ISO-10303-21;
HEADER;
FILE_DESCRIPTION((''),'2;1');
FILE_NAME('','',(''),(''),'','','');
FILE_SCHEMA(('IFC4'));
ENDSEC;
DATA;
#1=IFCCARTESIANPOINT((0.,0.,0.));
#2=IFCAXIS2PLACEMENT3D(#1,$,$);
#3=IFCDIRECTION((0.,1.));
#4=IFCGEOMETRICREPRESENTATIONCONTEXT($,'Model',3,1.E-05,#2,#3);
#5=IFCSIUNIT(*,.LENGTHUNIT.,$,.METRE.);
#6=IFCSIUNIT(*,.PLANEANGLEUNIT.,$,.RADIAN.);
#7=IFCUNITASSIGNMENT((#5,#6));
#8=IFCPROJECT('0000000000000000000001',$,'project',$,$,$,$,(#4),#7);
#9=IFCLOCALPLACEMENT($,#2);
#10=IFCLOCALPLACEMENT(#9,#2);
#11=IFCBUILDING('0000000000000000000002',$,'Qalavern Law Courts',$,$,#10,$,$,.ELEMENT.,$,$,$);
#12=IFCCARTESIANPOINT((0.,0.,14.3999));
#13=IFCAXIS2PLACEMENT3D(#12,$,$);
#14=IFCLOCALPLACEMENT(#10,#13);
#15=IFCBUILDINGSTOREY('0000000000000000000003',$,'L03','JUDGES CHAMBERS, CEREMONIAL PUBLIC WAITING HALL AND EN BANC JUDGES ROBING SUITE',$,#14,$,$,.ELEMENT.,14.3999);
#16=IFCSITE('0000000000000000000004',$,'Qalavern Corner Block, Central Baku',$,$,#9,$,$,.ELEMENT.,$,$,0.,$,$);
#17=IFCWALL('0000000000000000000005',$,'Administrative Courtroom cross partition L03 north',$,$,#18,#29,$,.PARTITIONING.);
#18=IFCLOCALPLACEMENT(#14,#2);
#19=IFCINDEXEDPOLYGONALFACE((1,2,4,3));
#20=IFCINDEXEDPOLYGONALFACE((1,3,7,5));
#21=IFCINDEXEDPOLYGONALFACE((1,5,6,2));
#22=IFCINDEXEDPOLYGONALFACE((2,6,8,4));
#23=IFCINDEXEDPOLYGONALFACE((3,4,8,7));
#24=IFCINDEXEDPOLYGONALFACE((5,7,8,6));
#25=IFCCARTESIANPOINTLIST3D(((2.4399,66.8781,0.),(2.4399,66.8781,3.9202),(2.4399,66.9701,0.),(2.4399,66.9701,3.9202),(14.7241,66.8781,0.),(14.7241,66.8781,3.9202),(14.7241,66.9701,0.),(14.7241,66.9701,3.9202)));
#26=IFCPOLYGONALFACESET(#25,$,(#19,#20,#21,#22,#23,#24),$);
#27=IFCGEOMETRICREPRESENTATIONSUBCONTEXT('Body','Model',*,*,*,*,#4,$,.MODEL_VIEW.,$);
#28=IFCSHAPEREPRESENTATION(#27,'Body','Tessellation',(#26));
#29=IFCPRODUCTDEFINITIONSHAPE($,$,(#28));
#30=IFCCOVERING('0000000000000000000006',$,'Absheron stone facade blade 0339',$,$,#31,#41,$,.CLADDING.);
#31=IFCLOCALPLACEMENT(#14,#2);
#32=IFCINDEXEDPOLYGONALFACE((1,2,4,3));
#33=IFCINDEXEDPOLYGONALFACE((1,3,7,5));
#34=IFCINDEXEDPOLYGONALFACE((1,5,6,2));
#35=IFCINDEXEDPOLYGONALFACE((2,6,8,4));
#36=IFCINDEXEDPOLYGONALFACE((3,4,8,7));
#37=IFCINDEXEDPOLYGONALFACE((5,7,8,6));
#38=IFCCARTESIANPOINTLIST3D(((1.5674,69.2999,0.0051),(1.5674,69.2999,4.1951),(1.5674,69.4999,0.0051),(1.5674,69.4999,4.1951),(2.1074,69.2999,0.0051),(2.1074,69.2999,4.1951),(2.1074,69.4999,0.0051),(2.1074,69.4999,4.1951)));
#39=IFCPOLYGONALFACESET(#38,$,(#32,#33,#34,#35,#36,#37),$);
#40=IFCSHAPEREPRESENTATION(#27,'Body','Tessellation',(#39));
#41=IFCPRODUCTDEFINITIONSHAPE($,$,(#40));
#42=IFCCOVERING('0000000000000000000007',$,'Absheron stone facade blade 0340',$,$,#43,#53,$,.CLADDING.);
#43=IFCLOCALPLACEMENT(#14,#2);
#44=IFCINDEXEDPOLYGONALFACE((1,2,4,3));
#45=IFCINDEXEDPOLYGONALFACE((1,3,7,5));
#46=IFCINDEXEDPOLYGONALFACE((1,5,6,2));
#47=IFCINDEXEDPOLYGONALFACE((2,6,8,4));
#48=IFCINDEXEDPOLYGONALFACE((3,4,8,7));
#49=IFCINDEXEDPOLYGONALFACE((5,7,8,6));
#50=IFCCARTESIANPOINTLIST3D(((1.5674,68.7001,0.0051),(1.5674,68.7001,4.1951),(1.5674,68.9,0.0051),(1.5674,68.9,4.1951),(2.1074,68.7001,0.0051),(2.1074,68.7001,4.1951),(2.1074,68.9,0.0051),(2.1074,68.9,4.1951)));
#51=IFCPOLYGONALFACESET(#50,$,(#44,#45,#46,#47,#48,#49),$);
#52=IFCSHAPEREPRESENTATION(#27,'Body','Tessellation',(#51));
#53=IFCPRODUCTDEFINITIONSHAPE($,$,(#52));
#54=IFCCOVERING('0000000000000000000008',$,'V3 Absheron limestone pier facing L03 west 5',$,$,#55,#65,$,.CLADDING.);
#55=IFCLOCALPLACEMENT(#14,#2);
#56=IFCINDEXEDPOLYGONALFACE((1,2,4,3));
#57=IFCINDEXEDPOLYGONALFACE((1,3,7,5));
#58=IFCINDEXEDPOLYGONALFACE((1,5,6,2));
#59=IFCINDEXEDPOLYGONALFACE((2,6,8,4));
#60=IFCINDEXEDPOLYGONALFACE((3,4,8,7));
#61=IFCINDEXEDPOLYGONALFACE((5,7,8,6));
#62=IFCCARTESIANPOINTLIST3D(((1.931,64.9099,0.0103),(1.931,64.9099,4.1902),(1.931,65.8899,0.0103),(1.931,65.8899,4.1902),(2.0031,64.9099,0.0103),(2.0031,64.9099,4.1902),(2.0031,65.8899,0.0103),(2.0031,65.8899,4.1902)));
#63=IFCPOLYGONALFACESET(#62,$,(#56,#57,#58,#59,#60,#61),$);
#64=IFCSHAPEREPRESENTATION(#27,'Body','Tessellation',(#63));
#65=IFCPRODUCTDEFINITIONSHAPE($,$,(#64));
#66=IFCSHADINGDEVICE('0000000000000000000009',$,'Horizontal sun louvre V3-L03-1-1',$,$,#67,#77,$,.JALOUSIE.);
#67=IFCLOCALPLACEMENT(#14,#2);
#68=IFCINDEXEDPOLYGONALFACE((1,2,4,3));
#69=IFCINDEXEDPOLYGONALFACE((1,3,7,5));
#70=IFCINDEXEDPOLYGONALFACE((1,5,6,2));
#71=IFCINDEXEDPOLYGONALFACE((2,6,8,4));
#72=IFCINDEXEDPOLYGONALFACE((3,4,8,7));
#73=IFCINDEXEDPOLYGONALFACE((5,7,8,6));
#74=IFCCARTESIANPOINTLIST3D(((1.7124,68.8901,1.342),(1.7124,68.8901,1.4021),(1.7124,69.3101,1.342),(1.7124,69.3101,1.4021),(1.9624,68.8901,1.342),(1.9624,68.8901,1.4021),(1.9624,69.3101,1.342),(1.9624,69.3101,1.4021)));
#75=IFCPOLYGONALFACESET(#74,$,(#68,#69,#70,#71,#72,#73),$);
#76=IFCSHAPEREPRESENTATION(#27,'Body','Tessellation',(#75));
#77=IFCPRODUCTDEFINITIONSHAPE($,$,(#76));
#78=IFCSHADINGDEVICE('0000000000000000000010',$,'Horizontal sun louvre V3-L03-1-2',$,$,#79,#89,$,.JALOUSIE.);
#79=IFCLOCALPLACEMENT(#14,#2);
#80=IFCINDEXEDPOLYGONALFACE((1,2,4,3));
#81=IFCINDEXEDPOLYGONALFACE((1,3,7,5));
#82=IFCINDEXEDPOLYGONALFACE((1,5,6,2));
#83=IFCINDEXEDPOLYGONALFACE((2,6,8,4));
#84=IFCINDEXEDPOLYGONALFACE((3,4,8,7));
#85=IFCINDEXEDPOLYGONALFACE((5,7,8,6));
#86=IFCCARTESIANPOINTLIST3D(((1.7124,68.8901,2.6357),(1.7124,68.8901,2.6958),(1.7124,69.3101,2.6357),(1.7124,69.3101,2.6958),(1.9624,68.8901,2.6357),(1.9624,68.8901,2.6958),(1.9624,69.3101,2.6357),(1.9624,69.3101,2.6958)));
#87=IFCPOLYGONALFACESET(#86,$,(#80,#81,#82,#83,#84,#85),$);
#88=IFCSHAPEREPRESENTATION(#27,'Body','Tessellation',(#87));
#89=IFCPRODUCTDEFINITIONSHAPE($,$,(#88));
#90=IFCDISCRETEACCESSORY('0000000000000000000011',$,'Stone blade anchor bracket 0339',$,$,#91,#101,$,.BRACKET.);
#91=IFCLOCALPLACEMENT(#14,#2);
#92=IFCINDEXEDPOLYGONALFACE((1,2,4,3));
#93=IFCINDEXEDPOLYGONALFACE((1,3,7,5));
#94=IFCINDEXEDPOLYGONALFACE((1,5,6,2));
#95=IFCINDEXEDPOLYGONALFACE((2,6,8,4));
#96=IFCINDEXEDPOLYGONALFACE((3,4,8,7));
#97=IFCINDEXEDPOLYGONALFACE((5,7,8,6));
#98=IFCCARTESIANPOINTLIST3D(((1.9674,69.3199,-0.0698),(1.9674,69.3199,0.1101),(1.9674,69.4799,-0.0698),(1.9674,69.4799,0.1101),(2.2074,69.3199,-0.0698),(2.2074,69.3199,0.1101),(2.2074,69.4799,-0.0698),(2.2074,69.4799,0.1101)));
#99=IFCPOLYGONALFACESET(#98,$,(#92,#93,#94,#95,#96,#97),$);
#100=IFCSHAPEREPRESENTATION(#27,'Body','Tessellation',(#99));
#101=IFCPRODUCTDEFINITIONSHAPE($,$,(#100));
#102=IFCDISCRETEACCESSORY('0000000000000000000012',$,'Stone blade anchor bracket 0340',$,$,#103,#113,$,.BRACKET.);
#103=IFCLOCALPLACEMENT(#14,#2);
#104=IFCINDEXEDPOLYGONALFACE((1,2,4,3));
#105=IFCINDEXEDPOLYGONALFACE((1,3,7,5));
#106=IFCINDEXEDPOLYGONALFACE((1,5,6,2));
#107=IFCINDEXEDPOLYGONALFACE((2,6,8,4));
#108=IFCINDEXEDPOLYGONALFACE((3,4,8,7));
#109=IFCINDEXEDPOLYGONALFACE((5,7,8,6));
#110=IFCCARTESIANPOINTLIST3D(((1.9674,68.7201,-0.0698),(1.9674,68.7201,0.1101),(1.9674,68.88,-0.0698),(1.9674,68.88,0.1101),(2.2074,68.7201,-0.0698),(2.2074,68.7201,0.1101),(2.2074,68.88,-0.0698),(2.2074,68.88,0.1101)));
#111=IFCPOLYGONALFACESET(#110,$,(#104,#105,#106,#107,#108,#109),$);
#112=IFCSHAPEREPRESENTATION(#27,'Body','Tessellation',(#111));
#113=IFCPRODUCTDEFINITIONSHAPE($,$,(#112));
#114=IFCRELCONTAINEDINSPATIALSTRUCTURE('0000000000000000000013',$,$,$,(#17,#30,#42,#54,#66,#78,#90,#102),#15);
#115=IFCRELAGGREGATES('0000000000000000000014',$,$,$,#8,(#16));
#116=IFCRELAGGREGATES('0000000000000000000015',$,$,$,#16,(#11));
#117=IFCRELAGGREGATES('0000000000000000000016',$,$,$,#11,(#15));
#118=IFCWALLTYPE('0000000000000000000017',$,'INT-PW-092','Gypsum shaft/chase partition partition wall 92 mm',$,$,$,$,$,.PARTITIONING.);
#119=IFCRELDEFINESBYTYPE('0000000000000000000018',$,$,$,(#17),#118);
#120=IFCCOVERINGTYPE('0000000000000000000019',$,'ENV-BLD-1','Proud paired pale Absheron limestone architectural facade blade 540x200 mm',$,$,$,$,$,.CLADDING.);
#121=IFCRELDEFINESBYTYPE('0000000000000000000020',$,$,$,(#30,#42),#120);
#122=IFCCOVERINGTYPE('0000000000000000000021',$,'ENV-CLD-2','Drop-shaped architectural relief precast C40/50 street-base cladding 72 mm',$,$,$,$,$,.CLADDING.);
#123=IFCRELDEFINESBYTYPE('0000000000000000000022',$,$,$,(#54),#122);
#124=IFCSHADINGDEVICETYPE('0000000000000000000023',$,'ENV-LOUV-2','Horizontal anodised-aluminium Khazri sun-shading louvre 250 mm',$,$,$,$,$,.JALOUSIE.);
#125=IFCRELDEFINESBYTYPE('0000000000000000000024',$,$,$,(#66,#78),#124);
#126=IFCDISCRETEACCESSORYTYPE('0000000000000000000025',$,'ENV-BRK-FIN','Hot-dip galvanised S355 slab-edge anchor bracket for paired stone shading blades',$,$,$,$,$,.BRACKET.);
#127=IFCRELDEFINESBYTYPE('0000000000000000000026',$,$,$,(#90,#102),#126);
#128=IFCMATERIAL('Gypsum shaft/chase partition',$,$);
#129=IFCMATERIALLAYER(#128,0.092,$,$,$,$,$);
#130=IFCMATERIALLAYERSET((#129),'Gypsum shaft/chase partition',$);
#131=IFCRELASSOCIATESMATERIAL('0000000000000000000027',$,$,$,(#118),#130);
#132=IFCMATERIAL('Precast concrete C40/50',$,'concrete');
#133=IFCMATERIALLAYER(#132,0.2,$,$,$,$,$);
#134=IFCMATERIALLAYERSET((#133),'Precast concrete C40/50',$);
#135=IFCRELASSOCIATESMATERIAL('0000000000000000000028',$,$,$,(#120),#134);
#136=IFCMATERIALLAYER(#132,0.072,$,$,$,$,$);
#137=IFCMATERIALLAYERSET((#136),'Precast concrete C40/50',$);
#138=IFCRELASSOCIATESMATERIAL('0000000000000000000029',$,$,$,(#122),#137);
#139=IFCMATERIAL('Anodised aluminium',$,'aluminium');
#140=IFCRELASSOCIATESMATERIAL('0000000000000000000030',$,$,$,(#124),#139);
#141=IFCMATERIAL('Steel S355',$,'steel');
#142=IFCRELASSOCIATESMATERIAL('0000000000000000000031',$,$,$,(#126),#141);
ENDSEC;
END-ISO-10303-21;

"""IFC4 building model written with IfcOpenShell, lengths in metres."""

from ifc_helpers import new_model, si_unit, direction, frame, frame_2d, origin, origin_2d, place, context, subcontext, project, spatial, rectangle, extrude, material, layer, layer_set, type_object, element, save


model = new_model("IFC4")

# Units and contexts
model_context = context("Model", 3, precision=1e-05, world=origin(), true_north=direction((0.0, 1.0)))
body_context = subcontext(model_context, "Body", "Model", "MODEL_VIEW")
ifc_project = project(units=[si_unit("LENGTHUNIT", "METRE"), si_unit("PLANEANGLEUNIT", "RADIAN")], contexts=[model_context])

# Site, building, storey
site_placement = place(None, origin())
site = spatial("IfcSite", under=ifc_project, at=site_placement, Name="Qalavern Corner Block, Central Baku", CompositionType="ELEMENT", RefElevation=0.0)
building_placement = place(site_placement, origin())
building = spatial("IfcBuilding", under=site, at=building_placement, Name="Qalavern Law Courts", CompositionType="ELEMENT")
storey_placement = place(building_placement, frame((0.0, 0.0, 14.3999)))
storey = spatial("IfcBuildingStorey", under=building, at=storey_placement, Name="L03", Description="JUDGES CHAMBERS, CEREMONIAL PUBLIC WAITING HALL AND EN BANC JUDGES ROBING SUITE", CompositionType="ELEMENT", Elevation=14.3999)

# Shared definitions
ifc_material_1 = material(Name="Anodised aluminium", Category="aluminium")

# Shared definitions
ifc_material_2 = material(Name="Steel S355", Category="steel")

# Wall
ifc_material_3 = material(Name="Gypsum shaft/chase partition")
ifc_layer_1 = layer(ifc_material_3, 0.092)
ifc_layer_set_1 = layer_set([ifc_layer_1], Name="Gypsum shaft/chase partition")
wall_type_1 = type_object("IfcWallType", Name="INT-PW-092", Description="Gypsum shaft/chase partition partition wall 92 mm", PredefinedType="PARTITIONING", material=ifc_layer_set_1)
wall_1_placement = place(storey_placement, frame((2.4399, 66.9241, 0.0), z_axis=(0.0, 0.0, 1.0), x_axis=(1.0, 0.0, 0.0)))
element("IfcWall", 1, at=wall_1_placement, inside=storey, type_object=wall_type_1, Name="Administrative Courtroom cross partition L03 north", PredefinedType="PARTITIONING", context=body_context, shape_type="SweptSolid", body=[
    extrude(rectangle(XDim=12.2842, YDim=0.092, at=frame_2d((6.1421, 0.0))), origin(), (0.0, 0.0, 1.0), 3.9202),
])

# Coverings
ifc_material_4 = material(Name="Precast concrete C40/50", Category="concrete")
ifc_layer_2 = layer(ifc_material_4, 0.2)
ifc_layer_set_2 = layer_set([ifc_layer_2], Name="Precast concrete C40/50")
covering_type_1 = type_object("IfcCoveringType", Name="ENV-BLD-1", Description="Proud paired pale Absheron limestone architectural facade blade 540x200 mm", PredefinedType="CLADDING", material=ifc_layer_set_2)
for number, where, z_axis, x_axis, name in (
    (2, (1.8374, 69.3999, 0.0051), (0.0, 0.0, 1.0), (-1.0, 0.0, 0.0), "Absheron stone facade blade 0339"),
    (3, (1.8374, 68.8, 0.0051), (0.0, 0.0, 1.0), (-1.0, 0.0, 0.0), "Absheron stone facade blade 0340"),
):
    element("IfcCovering", number, at=place(storey_placement, frame(where, z_axis=z_axis, x_axis=x_axis)), inside=storey, type_object=covering_type_1, Name=name, PredefinedType="CLADDING", context=body_context, shape_type="SweptSolid", body=[
        extrude(rectangle(XDim=0.54, YDim=0.2, at=origin_2d()), origin(), (0.0, 0.0, 1.0), 4.1899),
    ])
ifc_layer_3 = layer(ifc_material_4, 0.072)
ifc_layer_set_3 = layer_set([ifc_layer_3], Name="Precast concrete C40/50")
covering_type_2 = type_object("IfcCoveringType", Name="ENV-CLD-2", Description="Drop-shaped architectural relief precast C40/50 street-base cladding 72 mm", PredefinedType="CLADDING", material=ifc_layer_set_3)
covering_placement = place(storey_placement, frame((1.967, 65.3999, 0.0103), z_axis=(0.0, 0.0, 1.0), x_axis=(0.0, -1.0, 0.0)))
element("IfcCovering", 4, at=covering_placement, inside=storey, type_object=covering_type_2, Name="V3 Absheron limestone pier facing L03 west 5", PredefinedType="CLADDING", context=body_context, shape_type="SweptSolid", body=[
    extrude(rectangle(XDim=0.98, YDim=0.072, at=origin_2d()), origin(), (0.0, 0.0, 1.0), 4.1799),
])

# Shading devices
shading_device_type = type_object("IfcShadingDeviceType", Name="ENV-LOUV-2", Description="Horizontal anodised-aluminium Khazri sun-shading louvre 250 mm", PredefinedType="JALOUSIE", material=ifc_material_1)
for number, where, z_axis, x_axis, name in (
    (5, (1.8374, 69.1001, 1.342), (0.0, 0.0, 1.0), (0.0, -1.0, 0.0), "Horizontal sun louvre V3-L03-1-1"),
    (6, (1.8374, 69.1001, 2.6357), (0.0, 0.0, 1.0), (0.0, -1.0, 0.0), "Horizontal sun louvre V3-L03-1-2"),
):
    element("IfcShadingDevice", number, at=place(storey_placement, frame(where, z_axis=z_axis, x_axis=x_axis)), inside=storey, type_object=shading_device_type, Name=name, PredefinedType="JALOUSIE", context=body_context, shape_type="SweptSolid", body=[
        extrude(rectangle(XDim=0.4199, YDim=0.25, at=origin_2d()), origin(), (0.0, 0.0, 1.0), 0.0601),
    ])

# Discrete accessories
discrete_accessory_type = type_object("IfcDiscreteAccessoryType", Name="ENV-BRK-FIN", Description="Hot-dip galvanised S355 slab-edge anchor bracket for paired stone shading blades", PredefinedType="BRACKET", material=ifc_material_2)
for number, where, z_axis, x_axis, name in (
    (7, (2.0874, 69.3999, -0.0698), (0.0, 0.0, 1.0), (-1.0, 0.0, 0.0), "Stone blade anchor bracket 0339"),
    (8, (2.0874, 68.8, -0.0698), (0.0, 0.0, 1.0), (-1.0, 0.0, 0.0), "Stone blade anchor bracket 0340"),
):
    element("IfcDiscreteAccessory", number, at=place(storey_placement, frame(where, z_axis=z_axis, x_axis=x_axis)), inside=storey, type_object=discrete_accessory_type, Name=name, PredefinedType="BRACKET", context=body_context, shape_type="SweptSolid", body=[
        extrude(rectangle(XDim=0.24, YDim=0.1599, at=origin_2d()), origin(), (0.0, 0.0, 1.0), 0.1799),
    ])

save(model, "model.ifc")
